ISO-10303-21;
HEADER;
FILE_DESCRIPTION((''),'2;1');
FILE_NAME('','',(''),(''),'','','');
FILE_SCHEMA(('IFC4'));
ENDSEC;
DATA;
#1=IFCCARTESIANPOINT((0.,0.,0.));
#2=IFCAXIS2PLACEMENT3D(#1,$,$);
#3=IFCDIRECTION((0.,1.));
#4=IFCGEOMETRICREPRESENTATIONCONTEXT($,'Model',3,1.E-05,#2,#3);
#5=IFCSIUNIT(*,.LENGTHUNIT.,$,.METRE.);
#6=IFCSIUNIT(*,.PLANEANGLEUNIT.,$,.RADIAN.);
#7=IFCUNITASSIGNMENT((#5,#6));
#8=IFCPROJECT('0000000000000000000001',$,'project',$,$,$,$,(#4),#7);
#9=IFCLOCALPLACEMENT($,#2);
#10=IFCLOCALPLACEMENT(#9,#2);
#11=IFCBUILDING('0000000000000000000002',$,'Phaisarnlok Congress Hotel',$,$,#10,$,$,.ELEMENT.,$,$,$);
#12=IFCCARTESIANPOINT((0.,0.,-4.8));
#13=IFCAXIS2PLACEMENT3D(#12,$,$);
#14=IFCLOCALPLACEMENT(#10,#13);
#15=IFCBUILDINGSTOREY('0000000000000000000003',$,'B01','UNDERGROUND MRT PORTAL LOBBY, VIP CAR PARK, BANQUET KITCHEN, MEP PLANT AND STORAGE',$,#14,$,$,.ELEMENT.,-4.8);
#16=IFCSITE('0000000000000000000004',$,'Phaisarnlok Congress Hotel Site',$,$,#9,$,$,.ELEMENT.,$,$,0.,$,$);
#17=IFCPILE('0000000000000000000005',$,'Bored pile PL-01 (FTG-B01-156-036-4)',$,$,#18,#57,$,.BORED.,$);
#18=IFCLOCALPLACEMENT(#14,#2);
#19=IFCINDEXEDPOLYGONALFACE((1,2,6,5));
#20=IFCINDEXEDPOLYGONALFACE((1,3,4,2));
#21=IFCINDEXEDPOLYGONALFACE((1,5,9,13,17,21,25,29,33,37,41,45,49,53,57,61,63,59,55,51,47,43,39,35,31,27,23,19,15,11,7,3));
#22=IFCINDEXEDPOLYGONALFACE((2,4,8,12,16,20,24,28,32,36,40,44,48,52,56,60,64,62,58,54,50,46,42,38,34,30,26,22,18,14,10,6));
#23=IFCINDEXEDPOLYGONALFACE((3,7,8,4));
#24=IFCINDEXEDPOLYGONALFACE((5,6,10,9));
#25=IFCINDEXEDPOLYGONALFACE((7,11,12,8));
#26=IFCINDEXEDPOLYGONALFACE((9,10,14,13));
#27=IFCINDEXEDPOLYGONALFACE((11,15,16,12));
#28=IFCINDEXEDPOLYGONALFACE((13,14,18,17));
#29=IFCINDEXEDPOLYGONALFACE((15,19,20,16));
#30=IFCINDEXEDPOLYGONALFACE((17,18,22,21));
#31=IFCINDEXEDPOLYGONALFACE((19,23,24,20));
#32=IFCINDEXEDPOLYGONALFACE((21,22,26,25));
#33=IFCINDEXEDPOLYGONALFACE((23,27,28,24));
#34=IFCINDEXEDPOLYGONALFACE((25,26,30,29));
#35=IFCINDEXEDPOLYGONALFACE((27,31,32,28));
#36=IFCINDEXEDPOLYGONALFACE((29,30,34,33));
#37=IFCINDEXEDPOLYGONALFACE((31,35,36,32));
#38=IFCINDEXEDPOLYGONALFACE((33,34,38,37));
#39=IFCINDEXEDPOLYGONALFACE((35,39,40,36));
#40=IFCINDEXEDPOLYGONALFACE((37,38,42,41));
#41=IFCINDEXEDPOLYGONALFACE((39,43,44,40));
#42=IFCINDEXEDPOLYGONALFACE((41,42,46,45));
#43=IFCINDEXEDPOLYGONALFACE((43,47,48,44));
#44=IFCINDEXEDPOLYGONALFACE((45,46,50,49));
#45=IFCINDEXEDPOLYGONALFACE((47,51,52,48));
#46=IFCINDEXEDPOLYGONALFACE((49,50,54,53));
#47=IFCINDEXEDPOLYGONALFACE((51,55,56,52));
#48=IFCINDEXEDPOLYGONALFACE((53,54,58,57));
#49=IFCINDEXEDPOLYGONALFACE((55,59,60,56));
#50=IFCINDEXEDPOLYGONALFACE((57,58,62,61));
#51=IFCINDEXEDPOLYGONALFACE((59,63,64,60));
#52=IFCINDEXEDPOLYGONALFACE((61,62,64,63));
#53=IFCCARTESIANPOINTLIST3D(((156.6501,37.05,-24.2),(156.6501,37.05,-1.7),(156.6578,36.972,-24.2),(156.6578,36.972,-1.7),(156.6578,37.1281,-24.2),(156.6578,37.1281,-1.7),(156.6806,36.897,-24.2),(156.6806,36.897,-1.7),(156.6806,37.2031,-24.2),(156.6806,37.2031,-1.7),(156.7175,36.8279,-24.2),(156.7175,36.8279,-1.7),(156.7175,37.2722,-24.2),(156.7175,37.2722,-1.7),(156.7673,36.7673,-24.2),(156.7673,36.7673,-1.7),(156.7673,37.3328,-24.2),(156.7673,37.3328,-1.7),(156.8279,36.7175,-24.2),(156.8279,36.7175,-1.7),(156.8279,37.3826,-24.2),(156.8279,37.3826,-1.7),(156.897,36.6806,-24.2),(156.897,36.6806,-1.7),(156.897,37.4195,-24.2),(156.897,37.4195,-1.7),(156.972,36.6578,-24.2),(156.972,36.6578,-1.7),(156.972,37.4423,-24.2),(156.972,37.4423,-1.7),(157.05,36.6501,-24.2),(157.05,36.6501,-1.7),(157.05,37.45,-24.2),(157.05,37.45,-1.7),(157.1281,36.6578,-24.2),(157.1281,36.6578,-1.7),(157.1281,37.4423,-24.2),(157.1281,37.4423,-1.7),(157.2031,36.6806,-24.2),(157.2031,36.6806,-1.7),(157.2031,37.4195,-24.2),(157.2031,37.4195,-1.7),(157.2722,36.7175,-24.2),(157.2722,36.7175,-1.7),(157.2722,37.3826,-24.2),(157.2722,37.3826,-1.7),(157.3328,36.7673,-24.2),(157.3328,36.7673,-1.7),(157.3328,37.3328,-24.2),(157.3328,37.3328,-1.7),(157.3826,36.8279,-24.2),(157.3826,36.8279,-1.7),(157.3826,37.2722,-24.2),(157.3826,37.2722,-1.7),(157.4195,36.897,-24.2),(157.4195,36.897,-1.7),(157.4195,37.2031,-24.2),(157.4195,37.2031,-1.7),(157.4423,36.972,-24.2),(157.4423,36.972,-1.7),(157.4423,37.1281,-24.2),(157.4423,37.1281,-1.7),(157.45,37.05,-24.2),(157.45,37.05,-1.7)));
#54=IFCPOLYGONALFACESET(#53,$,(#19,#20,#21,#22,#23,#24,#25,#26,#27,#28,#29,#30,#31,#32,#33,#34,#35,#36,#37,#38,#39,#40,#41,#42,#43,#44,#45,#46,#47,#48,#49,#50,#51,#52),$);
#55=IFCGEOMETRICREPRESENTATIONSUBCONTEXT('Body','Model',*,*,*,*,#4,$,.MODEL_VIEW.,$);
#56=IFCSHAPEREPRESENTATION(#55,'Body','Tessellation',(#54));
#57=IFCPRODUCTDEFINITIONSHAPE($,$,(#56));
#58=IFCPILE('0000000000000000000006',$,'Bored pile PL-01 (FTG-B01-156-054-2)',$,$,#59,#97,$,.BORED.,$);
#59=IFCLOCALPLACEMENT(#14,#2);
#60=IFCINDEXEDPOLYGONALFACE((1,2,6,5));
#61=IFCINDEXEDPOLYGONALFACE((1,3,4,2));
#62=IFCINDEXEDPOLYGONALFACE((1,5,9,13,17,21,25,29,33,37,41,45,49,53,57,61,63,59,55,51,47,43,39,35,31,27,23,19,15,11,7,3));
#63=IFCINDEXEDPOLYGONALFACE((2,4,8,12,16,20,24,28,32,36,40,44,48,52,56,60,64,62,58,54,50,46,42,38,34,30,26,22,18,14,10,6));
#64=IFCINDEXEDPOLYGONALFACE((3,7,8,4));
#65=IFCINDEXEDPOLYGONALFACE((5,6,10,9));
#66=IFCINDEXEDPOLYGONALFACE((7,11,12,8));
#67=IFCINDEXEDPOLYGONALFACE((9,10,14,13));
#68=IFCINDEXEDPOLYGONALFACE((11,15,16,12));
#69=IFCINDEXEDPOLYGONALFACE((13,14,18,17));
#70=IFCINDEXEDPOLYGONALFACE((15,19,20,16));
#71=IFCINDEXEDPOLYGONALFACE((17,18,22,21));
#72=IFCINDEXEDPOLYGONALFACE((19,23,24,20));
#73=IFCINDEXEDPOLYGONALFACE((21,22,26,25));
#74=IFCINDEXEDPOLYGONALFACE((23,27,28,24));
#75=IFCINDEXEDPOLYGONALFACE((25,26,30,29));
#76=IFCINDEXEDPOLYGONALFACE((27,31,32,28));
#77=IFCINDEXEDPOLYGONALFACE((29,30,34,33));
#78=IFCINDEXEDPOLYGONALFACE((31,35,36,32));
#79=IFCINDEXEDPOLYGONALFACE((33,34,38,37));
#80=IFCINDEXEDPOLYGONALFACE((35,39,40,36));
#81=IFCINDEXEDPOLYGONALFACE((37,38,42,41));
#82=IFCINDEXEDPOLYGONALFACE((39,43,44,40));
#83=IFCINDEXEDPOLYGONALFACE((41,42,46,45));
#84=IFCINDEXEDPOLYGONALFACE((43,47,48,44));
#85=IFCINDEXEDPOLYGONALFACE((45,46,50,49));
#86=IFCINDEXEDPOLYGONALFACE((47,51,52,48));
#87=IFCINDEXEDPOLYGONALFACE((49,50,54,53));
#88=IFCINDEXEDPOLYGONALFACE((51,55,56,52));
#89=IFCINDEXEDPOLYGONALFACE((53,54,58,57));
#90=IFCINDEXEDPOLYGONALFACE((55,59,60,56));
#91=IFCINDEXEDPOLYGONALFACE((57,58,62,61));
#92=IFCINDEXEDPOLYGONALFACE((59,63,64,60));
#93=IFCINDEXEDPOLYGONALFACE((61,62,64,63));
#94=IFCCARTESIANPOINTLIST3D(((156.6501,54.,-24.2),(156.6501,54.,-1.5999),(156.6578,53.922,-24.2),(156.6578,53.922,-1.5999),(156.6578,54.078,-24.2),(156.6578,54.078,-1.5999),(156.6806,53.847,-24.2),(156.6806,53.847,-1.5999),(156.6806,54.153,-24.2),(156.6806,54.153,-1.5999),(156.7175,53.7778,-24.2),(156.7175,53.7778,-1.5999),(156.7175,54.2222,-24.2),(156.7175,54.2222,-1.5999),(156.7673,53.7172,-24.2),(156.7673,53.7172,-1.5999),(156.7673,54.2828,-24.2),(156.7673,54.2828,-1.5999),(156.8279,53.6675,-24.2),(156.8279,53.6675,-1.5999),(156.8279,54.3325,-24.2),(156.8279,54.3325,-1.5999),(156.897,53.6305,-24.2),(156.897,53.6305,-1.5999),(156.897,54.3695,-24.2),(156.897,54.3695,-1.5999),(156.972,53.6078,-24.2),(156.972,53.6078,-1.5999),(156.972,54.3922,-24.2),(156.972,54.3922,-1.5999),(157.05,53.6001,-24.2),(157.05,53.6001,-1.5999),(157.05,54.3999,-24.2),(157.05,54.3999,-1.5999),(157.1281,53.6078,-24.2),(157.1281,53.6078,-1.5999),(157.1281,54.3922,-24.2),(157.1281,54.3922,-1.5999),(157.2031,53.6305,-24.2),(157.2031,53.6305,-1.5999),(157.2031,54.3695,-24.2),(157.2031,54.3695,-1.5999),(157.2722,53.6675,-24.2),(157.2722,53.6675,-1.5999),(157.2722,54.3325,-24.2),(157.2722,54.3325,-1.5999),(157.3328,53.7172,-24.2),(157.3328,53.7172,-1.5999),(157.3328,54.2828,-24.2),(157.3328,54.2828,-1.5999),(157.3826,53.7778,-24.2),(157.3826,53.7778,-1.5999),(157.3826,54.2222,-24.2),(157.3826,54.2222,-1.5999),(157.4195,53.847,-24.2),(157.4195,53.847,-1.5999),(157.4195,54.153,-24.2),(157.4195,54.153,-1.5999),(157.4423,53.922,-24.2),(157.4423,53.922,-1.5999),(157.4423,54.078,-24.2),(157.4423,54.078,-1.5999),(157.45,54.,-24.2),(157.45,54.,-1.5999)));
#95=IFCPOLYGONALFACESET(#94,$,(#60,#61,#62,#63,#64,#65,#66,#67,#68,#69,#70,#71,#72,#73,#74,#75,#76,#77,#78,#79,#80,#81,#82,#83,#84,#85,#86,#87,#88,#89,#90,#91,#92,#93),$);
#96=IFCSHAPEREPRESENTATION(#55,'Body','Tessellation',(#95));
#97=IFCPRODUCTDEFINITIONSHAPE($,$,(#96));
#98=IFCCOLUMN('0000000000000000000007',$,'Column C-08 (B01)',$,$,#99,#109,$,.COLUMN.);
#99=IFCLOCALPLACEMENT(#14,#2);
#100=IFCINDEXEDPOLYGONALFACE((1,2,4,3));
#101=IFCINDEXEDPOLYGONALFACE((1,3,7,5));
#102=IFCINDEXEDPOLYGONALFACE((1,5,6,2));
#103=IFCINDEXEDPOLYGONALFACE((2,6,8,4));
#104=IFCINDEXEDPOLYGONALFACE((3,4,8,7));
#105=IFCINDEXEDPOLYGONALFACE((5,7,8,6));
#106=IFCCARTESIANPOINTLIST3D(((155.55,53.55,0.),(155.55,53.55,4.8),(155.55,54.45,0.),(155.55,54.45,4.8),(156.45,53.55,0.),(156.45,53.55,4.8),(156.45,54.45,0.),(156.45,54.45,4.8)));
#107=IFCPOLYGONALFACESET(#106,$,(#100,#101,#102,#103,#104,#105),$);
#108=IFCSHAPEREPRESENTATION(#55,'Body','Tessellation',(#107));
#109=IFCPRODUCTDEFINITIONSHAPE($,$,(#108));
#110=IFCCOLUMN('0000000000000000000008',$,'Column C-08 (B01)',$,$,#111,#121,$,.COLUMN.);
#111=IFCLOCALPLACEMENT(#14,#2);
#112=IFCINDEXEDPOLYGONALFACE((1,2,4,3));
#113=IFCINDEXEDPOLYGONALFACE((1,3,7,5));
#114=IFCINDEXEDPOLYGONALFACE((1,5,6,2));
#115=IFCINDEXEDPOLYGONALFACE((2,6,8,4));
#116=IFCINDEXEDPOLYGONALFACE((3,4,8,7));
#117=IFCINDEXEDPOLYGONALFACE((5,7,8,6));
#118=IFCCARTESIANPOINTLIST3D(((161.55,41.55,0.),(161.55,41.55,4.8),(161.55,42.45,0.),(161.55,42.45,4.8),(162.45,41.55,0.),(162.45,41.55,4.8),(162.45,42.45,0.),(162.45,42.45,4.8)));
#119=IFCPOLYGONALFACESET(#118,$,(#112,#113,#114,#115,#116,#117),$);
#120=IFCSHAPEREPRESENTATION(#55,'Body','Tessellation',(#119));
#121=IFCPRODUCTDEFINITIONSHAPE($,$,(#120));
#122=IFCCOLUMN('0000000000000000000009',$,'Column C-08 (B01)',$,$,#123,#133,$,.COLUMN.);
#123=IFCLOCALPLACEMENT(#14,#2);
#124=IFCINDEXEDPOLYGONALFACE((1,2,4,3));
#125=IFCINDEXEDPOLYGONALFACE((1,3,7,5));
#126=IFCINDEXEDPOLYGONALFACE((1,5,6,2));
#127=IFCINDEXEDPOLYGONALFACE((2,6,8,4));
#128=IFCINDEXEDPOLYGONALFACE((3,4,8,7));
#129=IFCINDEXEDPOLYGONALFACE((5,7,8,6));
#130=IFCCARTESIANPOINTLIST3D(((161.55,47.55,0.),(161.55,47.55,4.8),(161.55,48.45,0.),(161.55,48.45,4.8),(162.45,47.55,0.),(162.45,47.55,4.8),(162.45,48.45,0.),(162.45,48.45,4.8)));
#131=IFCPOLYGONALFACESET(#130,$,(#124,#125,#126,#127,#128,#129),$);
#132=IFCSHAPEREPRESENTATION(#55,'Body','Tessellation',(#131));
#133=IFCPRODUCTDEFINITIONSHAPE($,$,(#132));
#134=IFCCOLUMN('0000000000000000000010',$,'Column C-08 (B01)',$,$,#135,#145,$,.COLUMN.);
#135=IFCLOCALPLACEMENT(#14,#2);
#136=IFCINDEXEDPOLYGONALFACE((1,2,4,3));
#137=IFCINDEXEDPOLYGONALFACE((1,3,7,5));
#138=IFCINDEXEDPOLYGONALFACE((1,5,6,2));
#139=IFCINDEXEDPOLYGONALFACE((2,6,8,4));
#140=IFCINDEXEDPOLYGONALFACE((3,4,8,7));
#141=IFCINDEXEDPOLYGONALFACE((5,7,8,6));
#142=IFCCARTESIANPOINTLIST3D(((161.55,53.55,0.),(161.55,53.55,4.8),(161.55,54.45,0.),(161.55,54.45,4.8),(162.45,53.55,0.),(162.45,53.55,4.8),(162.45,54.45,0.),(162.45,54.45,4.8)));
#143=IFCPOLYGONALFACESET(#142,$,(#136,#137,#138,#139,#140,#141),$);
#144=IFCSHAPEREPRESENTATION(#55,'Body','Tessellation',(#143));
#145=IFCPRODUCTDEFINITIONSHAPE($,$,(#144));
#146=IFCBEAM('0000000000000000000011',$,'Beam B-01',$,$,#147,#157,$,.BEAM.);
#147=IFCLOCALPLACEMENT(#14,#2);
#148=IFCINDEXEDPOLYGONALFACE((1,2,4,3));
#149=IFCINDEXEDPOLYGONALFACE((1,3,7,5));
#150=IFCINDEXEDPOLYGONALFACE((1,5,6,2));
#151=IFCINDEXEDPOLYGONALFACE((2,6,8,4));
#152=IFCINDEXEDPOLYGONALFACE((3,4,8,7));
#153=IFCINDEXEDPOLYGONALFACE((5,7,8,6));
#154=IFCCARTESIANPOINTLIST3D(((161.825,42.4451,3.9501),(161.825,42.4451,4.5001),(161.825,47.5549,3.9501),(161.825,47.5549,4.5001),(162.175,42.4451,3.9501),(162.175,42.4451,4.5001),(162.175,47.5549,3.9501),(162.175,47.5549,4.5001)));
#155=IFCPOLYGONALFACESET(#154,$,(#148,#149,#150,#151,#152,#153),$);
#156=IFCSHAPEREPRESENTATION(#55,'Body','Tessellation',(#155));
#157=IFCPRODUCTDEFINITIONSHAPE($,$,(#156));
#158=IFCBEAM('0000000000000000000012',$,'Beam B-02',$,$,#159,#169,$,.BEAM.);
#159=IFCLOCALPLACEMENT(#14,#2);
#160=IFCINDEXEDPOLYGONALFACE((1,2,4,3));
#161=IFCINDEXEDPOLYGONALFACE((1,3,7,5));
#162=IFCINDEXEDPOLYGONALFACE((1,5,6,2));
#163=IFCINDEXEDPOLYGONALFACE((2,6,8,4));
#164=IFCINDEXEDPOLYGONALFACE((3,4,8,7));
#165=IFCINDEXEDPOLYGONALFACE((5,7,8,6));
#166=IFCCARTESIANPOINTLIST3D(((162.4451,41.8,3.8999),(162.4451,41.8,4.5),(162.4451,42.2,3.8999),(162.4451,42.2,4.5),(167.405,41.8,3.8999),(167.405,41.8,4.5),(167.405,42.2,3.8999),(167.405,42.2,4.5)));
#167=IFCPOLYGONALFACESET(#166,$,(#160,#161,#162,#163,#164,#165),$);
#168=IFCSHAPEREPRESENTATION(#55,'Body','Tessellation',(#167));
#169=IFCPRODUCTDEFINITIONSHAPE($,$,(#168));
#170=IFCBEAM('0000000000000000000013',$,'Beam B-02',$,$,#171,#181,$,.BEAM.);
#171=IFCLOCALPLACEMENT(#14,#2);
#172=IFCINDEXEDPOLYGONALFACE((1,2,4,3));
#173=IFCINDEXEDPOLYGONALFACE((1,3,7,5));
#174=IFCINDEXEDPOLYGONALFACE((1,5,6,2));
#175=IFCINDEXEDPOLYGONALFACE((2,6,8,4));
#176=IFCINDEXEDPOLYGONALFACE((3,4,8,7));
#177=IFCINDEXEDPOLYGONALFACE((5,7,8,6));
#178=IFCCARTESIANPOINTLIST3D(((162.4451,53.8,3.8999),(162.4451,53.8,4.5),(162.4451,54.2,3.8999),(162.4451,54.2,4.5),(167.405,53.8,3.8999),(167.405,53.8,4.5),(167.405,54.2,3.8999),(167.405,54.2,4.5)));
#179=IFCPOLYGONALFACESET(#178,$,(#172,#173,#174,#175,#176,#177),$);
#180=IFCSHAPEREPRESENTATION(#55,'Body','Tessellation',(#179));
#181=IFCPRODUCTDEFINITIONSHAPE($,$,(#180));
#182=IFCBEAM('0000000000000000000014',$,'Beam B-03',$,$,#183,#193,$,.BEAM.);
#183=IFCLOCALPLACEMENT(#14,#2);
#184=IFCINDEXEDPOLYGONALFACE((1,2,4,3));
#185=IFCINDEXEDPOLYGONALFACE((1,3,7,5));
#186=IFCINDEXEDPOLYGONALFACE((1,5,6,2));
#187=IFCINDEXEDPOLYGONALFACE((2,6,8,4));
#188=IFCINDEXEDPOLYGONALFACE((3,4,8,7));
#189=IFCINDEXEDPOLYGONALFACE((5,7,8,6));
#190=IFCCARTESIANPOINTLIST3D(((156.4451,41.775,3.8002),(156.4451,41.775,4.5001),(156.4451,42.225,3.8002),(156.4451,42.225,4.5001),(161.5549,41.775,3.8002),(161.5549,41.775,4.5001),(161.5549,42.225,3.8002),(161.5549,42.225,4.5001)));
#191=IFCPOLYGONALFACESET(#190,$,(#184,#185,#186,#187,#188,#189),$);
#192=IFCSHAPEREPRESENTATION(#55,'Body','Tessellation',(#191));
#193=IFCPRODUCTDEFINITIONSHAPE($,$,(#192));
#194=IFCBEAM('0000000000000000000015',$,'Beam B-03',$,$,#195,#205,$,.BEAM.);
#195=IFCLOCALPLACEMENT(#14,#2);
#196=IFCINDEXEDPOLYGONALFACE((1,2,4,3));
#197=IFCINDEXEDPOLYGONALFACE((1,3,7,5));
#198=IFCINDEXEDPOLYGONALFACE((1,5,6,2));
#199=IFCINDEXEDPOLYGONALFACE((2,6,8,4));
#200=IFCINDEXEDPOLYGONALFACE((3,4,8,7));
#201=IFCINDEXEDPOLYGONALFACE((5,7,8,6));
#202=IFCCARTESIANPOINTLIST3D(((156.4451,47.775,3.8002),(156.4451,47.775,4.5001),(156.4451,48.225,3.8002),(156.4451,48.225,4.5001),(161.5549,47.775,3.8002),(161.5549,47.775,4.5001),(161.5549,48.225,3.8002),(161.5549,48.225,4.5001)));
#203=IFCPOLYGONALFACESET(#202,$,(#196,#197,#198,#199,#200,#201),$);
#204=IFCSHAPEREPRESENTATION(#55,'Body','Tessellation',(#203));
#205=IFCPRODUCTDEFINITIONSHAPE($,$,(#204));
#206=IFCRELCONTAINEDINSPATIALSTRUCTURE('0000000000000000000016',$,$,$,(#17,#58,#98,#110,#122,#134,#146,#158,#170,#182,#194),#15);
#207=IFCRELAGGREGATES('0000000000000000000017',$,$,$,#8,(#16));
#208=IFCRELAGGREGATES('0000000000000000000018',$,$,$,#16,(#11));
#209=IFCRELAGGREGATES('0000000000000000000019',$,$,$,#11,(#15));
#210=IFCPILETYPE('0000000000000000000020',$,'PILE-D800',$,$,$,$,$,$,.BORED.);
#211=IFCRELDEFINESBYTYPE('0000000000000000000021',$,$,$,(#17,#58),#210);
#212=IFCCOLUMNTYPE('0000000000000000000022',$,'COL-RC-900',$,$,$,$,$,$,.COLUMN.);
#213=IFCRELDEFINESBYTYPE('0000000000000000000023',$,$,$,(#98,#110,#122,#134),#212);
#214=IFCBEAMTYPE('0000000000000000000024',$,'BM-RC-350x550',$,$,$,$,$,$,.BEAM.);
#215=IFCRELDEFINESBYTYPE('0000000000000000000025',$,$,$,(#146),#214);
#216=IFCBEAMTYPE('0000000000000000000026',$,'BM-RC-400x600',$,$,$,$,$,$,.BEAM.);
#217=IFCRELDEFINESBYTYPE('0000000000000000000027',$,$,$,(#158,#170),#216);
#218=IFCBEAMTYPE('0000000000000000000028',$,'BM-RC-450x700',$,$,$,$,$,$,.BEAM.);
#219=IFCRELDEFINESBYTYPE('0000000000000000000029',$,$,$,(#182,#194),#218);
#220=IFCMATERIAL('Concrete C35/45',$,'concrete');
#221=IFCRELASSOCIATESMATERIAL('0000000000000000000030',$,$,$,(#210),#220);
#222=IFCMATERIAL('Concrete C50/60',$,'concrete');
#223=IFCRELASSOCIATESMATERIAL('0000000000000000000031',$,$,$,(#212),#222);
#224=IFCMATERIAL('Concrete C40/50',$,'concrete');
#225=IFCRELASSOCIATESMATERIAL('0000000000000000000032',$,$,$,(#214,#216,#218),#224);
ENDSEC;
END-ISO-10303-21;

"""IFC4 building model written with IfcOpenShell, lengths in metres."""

from ifc_helpers import new_model, si_unit, direction, frame, origin, origin_2d, place, context, subcontext, project, spatial, rectangle, circle, extrude, material, material_profile, profile_set, type_object, element, save


model = new_model("IFC4")

# Units and contexts
model_context = context("Model", 3, precision=1e-05, world=origin(), true_north=direction((0.0, 1.0)))
body_context = subcontext(model_context, "Body", "Model", "MODEL_VIEW")
ifc_project = project(units=[si_unit("LENGTHUNIT", "METRE"), si_unit("PLANEANGLEUNIT", "RADIAN")], contexts=[model_context])

# Site, building, storey
site_placement = place(None, origin())
site = spatial("IfcSite", under=ifc_project, at=site_placement, Name="Phaisarnlok Congress Hotel Site", CompositionType="ELEMENT", RefElevation=0.0)
building_placement = place(site_placement, origin())
building = spatial("IfcBuilding", under=site, at=building_placement, Name="Phaisarnlok Congress Hotel", CompositionType="ELEMENT")
storey_placement = place(building_placement, frame((0.0, 0.0, -4.8)))
storey = spatial("IfcBuildingStorey", under=building, at=storey_placement, Name="B01", Description="UNDERGROUND MRT PORTAL LOBBY, VIP CAR PARK, BANQUET KITCHEN, MEP PLANT AND STORAGE", CompositionType="ELEMENT", Elevation=-4.8)

# Shared definitions
ifc_material_1 = material(Name="Concrete C40/50", Category="concrete")

# Piles
ifc_material_2 = material(Name="Concrete C35/45", Category="concrete")
ifc_material_profile_1 = material_profile(ifc_material_2, circle(Radius=0.3999, at=origin_2d()), Name="BORED PILE D800")
ifc_profile_set_1 = profile_set([ifc_material_profile_1], Name="Concrete C35/45")
pile_type_1 = type_object("IfcPileType", Name="PILE-D800", PredefinedType="BORED", material=ifc_profile_set_1)
pile_1_placement = place(storey_placement, frame((157.05, 37.05, -1.7), z_axis=(0.0, 0.0, -1.0), x_axis=(1.0, 0.0, 0.0)))
element("IfcPile", 1, at=pile_1_placement, inside=storey, type_object=pile_type_1, Name="Bored pile PL-01 (FTG-B01-156-036-4)", PredefinedType="BORED", context=body_context, shape_type="SweptSolid", body=[
    extrude(circle(Radius=0.3999, at=origin_2d()), origin(), (0.0, 0.0, 1.0), 22.5),
])
pile_2_placement = place(storey_placement, frame((157.05, 54.0, -1.5999), z_axis=(0.0, 0.0, -1.0), x_axis=(1.0, 0.0, 0.0)))
element("IfcPile", 2, at=pile_2_placement, inside=storey, type_object=pile_type_1, Name="Bored pile PL-01 (FTG-B01-156-054-2)", PredefinedType="BORED", context=body_context, shape_type="SweptSolid", body=[
    extrude(circle(Radius=0.3999, at=origin_2d()), origin(), (0.0, 0.0, 1.0), 22.6001),
])

# Columns
ifc_material_3 = material(Name="Concrete C50/60", Category="concrete")
ifc_material_profile_2 = material_profile(ifc_material_3, rectangle(XDim=0.8999, YDim=0.8999, at=origin_2d()), Name="RC 900x900")
ifc_profile_set_2 = profile_set([ifc_material_profile_2], Name="Concrete C50/60")
column_type = type_object("IfcColumnType", Name="COL-RC-900", PredefinedType="COLUMN", material=ifc_profile_set_2)
for number, where, z_axis, x_axis, name in (
    (3, (156.0, 54.0, 0.0), (0.0, 0.0, 1.0), (1.0, 0.0, 0.0), "Column C-08 (B01)"),
    (4, (162.0, 42.0, 0.0), (0.0, 0.0, 1.0), (1.0, 0.0, 0.0), "Column C-08 (B01)"),
    (5, (162.0, 48.0, 0.0), (0.0, 0.0, 1.0), (1.0, 0.0, 0.0), "Column C-08 (B01)"),
    (6, (162.0, 54.0, 0.0), (0.0, 0.0, 1.0), (1.0, 0.0, 0.0), "Column C-08 (B01)"),
):
    element("IfcColumn", number, at=place(storey_placement, frame(where, z_axis=z_axis, x_axis=x_axis)), inside=storey, type_object=column_type, Name=name, PredefinedType="COLUMN", context=body_context, shape_type="SweptSolid", body=[
        extrude(rectangle(XDim=0.8999, YDim=0.8999, at=origin_2d()), origin(), (0.0, 0.0, 1.0), 4.8),
    ])

# Beams
ifc_material_profile_3 = material_profile(ifc_material_1, rectangle(XDim=0.3501, YDim=0.55, at=origin_2d()), Name="RC 350x550")
ifc_profile_set_3 = profile_set([ifc_material_profile_3], Name="Concrete C40/50")
beam_type_1 = type_object("IfcBeamType", Name="BM-RC-350x550", PredefinedType="BEAM", material=ifc_profile_set_3)
beam_1_placement = place(storey_placement, frame((162.0, 42.4451, 4.2251), z_axis=(0.0, 1.0, 0.0), x_axis=(-1.0, 0.0, 0.0)))
element("IfcBeam", 7, at=beam_1_placement, inside=storey, type_object=beam_type_1, Name="Beam B-01", PredefinedType="BEAM", context=body_context, shape_type="SweptSolid", body=[
    extrude(rectangle(XDim=0.3501, YDim=0.55, at=origin_2d()), origin(), (0.0, 0.0, 1.0), 5.1099),
])
ifc_material_profile_4 = material_profile(ifc_material_1, rectangle(XDim=0.3999, YDim=0.6001, at=origin_2d()), Name="RC 400x600")
ifc_profile_set_4 = profile_set([ifc_material_profile_4], Name="Concrete C40/50")
beam_type_2 = type_object("IfcBeamType", Name="BM-RC-400x600", PredefinedType="BEAM", material=ifc_profile_set_4)
for number, where, z_axis, x_axis, name in (
    (8, (162.4451, 42.0, 4.2), (1.0, 0.0, 0.0), (0.0, 1.0, 0.0), "Beam B-02"),
    (9, (162.4451, 54.0, 4.2), (1.0, 0.0, 0.0), (0.0, 1.0, 0.0), "Beam B-02"),
):
    element("IfcBeam", number, at=place(storey_placement, frame(where, z_axis=z_axis, x_axis=x_axis)), inside=storey, type_object=beam_type_2, Name=name, PredefinedType="BEAM", context=body_context, shape_type="SweptSolid", body=[
        extrude(rectangle(XDim=0.3999, YDim=0.6001, at=origin_2d()), origin(), (0.0, 0.0, 1.0), 4.96),
    ])
ifc_material_profile_5 = material_profile(ifc_material_1, rectangle(XDim=0.45, YDim=0.7, at=origin_2d()), Name="RC 450x700")
ifc_profile_set_5 = profile_set([ifc_material_profile_5], Name="Concrete C40/50")
beam_type_3 = type_object("IfcBeamType", Name="BM-RC-450x700", PredefinedType="BEAM", material=ifc_profile_set_5)
for number, where, z_axis, x_axis, name in (
    (10, (156.4451, 42.0, 4.1501), (1.0, 0.0, 0.0), (0.0, 1.0, 0.0), "Beam B-03"),
    (11, (156.4451, 48.0, 4.1501), (1.0, 0.0, 0.0), (0.0, 1.0, 0.0), "Beam B-03"),
):
    element("IfcBeam", number, at=place(storey_placement, frame(where, z_axis=z_axis, x_axis=x_axis)), inside=storey, type_object=beam_type_3, Name=name, PredefinedType="BEAM", context=body_context, shape_type="SweptSolid", body=[
        extrude(rectangle(XDim=0.45, YDim=0.7, at=origin_2d()), origin(), (0.0, 0.0, 1.0), 5.1099),
    ])

save(model, "model.ifc")
